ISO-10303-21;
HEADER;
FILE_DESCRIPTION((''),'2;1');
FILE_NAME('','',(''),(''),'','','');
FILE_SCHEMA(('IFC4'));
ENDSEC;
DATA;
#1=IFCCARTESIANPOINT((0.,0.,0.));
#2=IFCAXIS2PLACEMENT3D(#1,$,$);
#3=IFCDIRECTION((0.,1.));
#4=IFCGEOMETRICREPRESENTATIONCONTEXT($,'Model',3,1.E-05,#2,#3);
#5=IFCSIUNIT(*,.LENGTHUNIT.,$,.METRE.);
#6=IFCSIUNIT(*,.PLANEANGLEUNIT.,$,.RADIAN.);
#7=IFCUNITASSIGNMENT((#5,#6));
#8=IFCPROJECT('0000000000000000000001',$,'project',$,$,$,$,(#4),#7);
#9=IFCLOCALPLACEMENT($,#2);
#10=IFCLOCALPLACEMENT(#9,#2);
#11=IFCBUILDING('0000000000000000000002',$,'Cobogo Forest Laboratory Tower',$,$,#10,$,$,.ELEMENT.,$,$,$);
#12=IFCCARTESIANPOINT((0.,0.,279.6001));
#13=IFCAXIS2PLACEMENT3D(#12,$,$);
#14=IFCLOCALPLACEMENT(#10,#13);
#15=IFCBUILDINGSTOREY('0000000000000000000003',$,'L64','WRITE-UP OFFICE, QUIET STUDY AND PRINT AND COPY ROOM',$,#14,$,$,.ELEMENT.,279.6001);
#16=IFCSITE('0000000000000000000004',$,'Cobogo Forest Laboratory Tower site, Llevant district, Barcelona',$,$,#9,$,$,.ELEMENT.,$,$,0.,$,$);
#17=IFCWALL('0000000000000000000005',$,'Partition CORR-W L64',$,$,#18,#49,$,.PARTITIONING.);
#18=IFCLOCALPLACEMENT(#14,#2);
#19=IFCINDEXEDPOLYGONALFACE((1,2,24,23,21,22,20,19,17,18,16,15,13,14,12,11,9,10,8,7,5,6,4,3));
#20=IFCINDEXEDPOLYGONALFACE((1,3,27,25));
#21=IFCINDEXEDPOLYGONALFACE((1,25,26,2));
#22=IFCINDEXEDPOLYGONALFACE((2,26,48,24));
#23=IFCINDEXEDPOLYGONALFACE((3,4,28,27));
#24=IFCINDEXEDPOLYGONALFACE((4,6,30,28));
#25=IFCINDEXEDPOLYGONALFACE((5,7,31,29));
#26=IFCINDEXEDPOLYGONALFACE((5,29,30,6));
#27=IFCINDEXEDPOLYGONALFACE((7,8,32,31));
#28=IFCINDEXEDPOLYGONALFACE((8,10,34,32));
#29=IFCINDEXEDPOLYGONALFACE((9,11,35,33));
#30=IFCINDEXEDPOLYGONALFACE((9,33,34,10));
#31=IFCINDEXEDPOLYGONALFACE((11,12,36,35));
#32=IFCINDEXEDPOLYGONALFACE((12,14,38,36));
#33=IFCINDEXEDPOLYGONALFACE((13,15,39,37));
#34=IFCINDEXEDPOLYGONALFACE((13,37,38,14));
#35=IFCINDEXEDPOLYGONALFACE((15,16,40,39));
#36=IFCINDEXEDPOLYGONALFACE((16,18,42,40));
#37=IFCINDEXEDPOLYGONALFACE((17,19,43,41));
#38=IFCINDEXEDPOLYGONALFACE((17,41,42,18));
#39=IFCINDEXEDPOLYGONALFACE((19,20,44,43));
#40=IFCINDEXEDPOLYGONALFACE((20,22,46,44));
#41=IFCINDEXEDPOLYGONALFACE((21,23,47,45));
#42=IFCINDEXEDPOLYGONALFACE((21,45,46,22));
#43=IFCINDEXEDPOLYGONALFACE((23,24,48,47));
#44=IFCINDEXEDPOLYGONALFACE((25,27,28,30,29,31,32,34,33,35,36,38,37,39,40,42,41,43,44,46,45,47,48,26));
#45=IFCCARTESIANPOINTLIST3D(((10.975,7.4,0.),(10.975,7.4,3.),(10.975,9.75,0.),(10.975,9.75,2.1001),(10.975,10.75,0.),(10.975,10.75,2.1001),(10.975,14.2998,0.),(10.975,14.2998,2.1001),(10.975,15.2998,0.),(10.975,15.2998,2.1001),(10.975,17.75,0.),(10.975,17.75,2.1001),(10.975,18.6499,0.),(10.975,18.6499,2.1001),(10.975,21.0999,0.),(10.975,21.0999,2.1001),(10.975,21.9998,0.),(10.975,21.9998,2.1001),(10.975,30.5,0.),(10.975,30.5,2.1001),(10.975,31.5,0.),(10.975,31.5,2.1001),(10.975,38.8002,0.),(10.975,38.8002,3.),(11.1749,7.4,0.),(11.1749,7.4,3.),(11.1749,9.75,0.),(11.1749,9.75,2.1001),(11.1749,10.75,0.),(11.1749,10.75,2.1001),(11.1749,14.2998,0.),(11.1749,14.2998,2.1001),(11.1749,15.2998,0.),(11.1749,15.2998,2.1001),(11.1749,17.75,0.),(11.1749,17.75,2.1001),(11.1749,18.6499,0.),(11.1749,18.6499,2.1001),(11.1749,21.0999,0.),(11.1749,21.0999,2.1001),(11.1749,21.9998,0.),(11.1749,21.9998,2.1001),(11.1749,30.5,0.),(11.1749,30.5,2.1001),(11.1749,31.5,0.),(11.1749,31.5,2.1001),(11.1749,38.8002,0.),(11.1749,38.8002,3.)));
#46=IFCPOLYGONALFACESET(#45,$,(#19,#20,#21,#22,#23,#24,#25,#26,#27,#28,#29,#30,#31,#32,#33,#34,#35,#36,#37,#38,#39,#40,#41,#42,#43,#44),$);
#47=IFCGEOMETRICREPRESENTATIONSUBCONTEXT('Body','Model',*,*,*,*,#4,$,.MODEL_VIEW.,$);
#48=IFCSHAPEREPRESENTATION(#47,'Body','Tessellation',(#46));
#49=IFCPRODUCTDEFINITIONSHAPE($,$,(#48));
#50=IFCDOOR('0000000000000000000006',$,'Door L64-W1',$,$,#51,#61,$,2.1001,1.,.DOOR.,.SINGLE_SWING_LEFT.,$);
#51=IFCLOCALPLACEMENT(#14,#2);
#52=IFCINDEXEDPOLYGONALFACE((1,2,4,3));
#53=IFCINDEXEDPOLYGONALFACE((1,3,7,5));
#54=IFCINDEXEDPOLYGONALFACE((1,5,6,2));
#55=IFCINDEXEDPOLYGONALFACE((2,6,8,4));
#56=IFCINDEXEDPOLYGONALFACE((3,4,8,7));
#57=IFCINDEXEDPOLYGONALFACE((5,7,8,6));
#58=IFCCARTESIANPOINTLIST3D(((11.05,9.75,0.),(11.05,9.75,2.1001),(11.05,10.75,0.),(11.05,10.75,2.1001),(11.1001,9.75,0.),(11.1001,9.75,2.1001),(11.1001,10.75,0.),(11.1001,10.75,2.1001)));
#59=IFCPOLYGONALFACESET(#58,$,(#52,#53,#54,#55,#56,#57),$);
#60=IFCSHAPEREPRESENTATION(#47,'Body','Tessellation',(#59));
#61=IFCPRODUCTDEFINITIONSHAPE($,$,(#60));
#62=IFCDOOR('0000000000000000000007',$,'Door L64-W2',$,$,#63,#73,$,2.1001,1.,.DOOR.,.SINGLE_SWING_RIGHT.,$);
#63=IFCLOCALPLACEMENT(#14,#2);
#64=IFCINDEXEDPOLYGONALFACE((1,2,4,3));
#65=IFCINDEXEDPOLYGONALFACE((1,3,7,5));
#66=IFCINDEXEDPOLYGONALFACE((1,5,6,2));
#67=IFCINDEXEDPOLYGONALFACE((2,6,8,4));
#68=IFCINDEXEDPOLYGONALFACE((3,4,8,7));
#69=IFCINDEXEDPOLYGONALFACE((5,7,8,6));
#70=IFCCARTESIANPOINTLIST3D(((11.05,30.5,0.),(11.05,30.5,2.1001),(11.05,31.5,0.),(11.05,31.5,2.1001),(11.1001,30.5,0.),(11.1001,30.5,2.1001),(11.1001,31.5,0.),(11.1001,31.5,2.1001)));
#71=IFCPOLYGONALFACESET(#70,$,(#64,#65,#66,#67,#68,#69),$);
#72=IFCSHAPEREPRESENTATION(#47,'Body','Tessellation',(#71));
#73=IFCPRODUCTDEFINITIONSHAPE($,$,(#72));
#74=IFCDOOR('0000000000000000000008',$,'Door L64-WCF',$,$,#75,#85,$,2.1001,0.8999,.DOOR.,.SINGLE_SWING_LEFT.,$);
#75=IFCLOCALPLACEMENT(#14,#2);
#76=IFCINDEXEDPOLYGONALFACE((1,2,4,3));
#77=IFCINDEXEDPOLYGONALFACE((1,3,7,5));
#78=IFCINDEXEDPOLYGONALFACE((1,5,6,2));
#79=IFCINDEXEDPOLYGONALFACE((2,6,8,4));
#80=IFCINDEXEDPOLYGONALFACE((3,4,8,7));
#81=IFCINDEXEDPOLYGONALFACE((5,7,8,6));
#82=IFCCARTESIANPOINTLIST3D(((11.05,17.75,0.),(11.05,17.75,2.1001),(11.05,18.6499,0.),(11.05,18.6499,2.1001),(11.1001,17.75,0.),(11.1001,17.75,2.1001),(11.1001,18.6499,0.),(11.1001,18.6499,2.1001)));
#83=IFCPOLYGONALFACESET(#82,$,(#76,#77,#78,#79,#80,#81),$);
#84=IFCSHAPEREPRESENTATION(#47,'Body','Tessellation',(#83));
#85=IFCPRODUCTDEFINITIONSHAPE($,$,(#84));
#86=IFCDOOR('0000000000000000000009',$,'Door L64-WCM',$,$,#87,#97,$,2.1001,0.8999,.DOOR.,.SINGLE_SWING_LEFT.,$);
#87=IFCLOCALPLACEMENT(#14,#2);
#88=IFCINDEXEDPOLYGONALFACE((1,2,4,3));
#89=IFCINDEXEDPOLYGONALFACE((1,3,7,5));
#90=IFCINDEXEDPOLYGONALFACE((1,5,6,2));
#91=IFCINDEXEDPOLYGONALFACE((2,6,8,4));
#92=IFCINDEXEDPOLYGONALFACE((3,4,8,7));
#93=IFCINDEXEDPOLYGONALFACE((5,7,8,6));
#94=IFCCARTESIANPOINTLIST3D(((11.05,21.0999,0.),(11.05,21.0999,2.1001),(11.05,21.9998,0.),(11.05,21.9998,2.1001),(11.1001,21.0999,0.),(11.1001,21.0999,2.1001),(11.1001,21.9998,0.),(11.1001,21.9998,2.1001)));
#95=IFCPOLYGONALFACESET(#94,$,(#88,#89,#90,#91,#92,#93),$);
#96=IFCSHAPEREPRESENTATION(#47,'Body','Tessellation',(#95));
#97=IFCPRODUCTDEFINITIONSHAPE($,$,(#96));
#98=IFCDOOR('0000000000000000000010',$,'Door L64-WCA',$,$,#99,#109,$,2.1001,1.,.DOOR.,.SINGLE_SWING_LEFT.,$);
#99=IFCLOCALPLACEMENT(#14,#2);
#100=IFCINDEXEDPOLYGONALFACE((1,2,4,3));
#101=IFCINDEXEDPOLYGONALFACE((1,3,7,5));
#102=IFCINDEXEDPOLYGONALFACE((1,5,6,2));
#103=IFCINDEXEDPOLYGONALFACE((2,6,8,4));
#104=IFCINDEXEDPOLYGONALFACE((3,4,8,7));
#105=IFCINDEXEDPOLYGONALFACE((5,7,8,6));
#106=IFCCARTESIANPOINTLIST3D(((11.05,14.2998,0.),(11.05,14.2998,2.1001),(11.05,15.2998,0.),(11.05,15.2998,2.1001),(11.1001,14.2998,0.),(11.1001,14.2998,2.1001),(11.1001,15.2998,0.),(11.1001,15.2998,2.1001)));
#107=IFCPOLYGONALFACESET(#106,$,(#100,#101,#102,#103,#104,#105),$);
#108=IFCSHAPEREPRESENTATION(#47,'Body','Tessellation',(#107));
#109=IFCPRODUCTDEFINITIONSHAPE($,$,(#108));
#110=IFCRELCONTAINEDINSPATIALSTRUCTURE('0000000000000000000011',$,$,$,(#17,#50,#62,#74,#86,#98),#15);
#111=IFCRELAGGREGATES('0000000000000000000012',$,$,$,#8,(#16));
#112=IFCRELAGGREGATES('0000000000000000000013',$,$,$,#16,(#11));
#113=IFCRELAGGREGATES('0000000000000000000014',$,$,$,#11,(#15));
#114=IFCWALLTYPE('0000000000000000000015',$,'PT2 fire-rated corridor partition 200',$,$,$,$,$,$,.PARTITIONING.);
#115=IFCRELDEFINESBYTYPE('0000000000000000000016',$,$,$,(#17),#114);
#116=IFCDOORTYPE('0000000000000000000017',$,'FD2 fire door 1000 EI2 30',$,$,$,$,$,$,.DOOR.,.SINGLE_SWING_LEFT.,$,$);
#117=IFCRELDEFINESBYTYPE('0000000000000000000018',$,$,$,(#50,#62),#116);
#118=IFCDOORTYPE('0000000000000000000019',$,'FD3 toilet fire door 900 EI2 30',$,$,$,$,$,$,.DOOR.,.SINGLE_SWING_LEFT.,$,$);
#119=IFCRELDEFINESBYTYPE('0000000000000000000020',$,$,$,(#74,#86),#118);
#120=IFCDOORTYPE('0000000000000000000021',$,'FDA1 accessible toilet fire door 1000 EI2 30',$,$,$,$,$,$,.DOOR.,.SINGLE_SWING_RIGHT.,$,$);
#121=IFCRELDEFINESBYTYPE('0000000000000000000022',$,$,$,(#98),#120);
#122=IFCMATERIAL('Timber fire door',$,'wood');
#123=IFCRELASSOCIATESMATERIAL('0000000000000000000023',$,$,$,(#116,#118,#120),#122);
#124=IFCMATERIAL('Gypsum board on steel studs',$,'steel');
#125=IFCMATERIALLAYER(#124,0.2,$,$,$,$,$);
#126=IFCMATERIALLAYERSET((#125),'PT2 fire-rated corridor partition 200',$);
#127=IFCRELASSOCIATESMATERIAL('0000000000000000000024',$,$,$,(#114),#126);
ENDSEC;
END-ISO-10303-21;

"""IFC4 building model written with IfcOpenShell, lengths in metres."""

from ifc_helpers import new_model, si_unit, direction, frame, frame_2d, origin, place, context, subcontext, project, spatial, rectangle, extrude, material, layer, layer_set, type_object, element, fill, save


model = new_model("IFC4")

# Units and contexts
model_context = context("Model", 3, precision=1e-05, world=origin(), true_north=direction((0.0, 1.0)))
body_context = subcontext(model_context, "Body", "Model", "MODEL_VIEW")
ifc_project = project(units=[si_unit("LENGTHUNIT", "METRE"), si_unit("PLANEANGLEUNIT", "RADIAN")], contexts=[model_context])

# Site, building, storey
site_placement = place(None, origin())
site = spatial("IfcSite", under=ifc_project, at=site_placement, Name="Cobogo Forest Laboratory Tower site, Llevant district, Barcelona", CompositionType="ELEMENT", RefElevation=0.0)
building_placement = place(site_placement, origin())
building = spatial("IfcBuilding", under=site, at=building_placement, Name="Cobogo Forest Laboratory Tower", CompositionType="ELEMENT")
storey_placement = place(building_placement, frame((0.0, 0.0, 279.6001)))
storey = spatial("IfcBuildingStorey", under=building, at=storey_placement, Name="L64", Description="WRITE-UP OFFICE, QUIET STUDY AND PRINT AND COPY ROOM", CompositionType="ELEMENT", Elevation=279.6001)

# Shared definitions
ifc_material_1 = material(Name="Gypsum board on steel studs", Category="steel")
ifc_material_2 = material(Name="Timber fire door", Category="wood")
door_type_1 = type_object("IfcDoorType", Name="FD2 fire door 1000 EI2 30", OperationType="SINGLE_SWING_LEFT", PredefinedType="DOOR", material=ifc_material_2)

# Wall, openings, doors
ifc_layer_1 = layer(ifc_material_1, 0.2)
ifc_layer_set_1 = layer_set([ifc_layer_1], Name="PT2 fire-rated corridor partition 200")
wall_type_1 = type_object("IfcWallType", Name="PT2 fire-rated corridor partition 200", PredefinedType="PARTITIONING", material=ifc_layer_set_1)
wall_1_placement = place(storey_placement, frame((11.075, 7.3999, 0.0), z_axis=(0.0, 0.0, 1.0), x_axis=(0.0, 1.0, 0.0)))
wall_1 = element("IfcWall", 1, at=wall_1_placement, inside=storey, type_object=wall_type_1, Name="Partition CORR-W L64", PredefinedType="PARTITIONING", context=body_context, shape_type="SweptSolid", body=[
    extrude(rectangle(XDim=31.4001, YDim=0.2, at=frame_2d((15.7002, 0.0))), origin(), (0.0, 0.0, 1.0), 3.0),
])
opening_1_placement = place(wall_1_placement, frame((2.3501, 0.0, 0.0)))
opening_1 = element("IfcOpeningElement", 2, at=opening_1_placement, cuts=wall_1, PredefinedType="OPENING", context=body_context, shape_type="SweptSolid", body=[
    extrude(rectangle(XDim=1.0, YDim=2.1001, at=frame_2d((0.5, 1.05))), frame((0.0, 0.1099, 0.0), z_axis=(0.0, -1.0, 0.0), x_axis=(1.0, 0.0, 0.0)), (0.0, 0.0, 1.0), 0.22),
])
opening_2_placement = place(wall_1_placement, frame((6.8999, 0.0, 0.0)))
opening_2 = element("IfcOpeningElement", 3, at=opening_2_placement, cuts=wall_1, PredefinedType="OPENING", context=body_context, shape_type="SweptSolid", body=[
    extrude(rectangle(XDim=1.0, YDim=2.1001, at=frame_2d((0.5, 1.05))), frame((0.0, 0.1099, 0.0), z_axis=(0.0, -1.0, 0.0), x_axis=(1.0, 0.0, 0.0)), (0.0, 0.0, 1.0), 0.22),
])
opening_3_placement = place(wall_1_placement, frame((10.3501, 0.0, 0.0)))
opening_3 = element("IfcOpeningElement", 4, at=opening_3_placement, cuts=wall_1, PredefinedType="OPENING", context=body_context, shape_type="SweptSolid", body=[
    extrude(rectangle(XDim=0.8999, YDim=2.1001, at=frame_2d((0.45, 1.05))), frame((0.0, 0.1099, 0.0), z_axis=(0.0, -1.0, 0.0), x_axis=(1.0, 0.0, 0.0)), (0.0, 0.0, 1.0), 0.22),
])
opening_4_placement = place(wall_1_placement, frame((13.7, 0.0, 0.0)))
opening_4 = element("IfcOpeningElement", 5, at=opening_4_placement, cuts=wall_1, PredefinedType="OPENING", context=body_context, shape_type="SweptSolid", body=[
    extrude(rectangle(XDim=0.8999, YDim=2.1001, at=frame_2d((0.45, 1.05))), frame((0.0, 0.1099, 0.0), z_axis=(0.0, -1.0, 0.0), x_axis=(1.0, 0.0, 0.0)), (0.0, 0.0, 1.0), 0.22),
])
opening_5_placement = place(wall_1_placement, frame((23.1001, 0.0, 0.0)))
opening_5 = element("IfcOpeningElement", 6, at=opening_5_placement, cuts=wall_1, PredefinedType="OPENING", context=body_context, shape_type="SweptSolid", body=[
    extrude(rectangle(XDim=1.0, YDim=2.1001, at=frame_2d((0.5, 1.05))), frame((0.0, 0.1099, 0.0), z_axis=(0.0, -1.0, 0.0), x_axis=(1.0, 0.0, 0.0)), (0.0, 0.0, 1.0), 0.22),
])
door_1_placement = place(opening_1_placement, origin())
door_1 = element("IfcDoor", 7, at=door_1_placement, inside=storey, type_object=door_type_1, Name="Door L64-W1", OperationType="SINGLE_SWING_LEFT", OverallHeight=2.1001, OverallWidth=1.0, PredefinedType="DOOR", context=body_context, shape_type="SweptSolid", body=[
    extrude(rectangle(XDim=1.0, YDim=2.1001, at=frame_2d((0.5, 1.05))), frame((0.0, 0.0249, 0.0), z_axis=(0.0, -1.0, 0.0), x_axis=(1.0, 0.0, 0.0)), (0.0, 0.0, 1.0), 0.05),
])
fill(opening_1, door_1)
door_2_placement = place(opening_5_placement, origin())
door_2 = element("IfcDoor", 8, at=door_2_placement, inside=storey, type_object=door_type_1, Name="Door L64-W2", OperationType="SINGLE_SWING_RIGHT", OverallHeight=2.1001, OverallWidth=1.0, PredefinedType="DOOR", context=body_context, shape_type="SweptSolid", body=[
    extrude(rectangle(XDim=1.0, YDim=2.1001, at=frame_2d((0.5, 1.05))), frame((0.0, 0.0249, 0.0), z_axis=(0.0, -1.0, 0.0), x_axis=(1.0, 0.0, 0.0)), (0.0, 0.0, 1.0), 0.05),
])
fill(opening_5, door_2)
door_type_2 = type_object("IfcDoorType", Name="FD3 toilet fire door 900 EI2 30", OperationType="SINGLE_SWING_LEFT", PredefinedType="DOOR", material=ifc_material_2)
door_3_placement = place(opening_3_placement, origin())
door_3 = element("IfcDoor", 9, at=door_3_placement, inside=storey, type_object=door_type_2, Name="Door L64-WCF", OperationType="SINGLE_SWING_LEFT", OverallHeight=2.1001, OverallWidth=0.8999, PredefinedType="DOOR", context=body_context, shape_type="SweptSolid", body=[
    extrude(rectangle(XDim=0.8999, YDim=2.1001, at=frame_2d((0.45, 1.05))), frame((0.0, 0.0249, 0.0), z_axis=(0.0, -1.0, 0.0), x_axis=(1.0, 0.0, 0.0)), (0.0, 0.0, 1.0), 0.05),
])
fill(opening_3, door_3)
door_4_placement = place(opening_4_placement, origin())
door_4 = element("IfcDoor", 10, at=door_4_placement, inside=storey, type_object=door_type_2, Name="Door L64-WCM", OperationType="SINGLE_SWING_LEFT", OverallHeight=2.1001, OverallWidth=0.8999, PredefinedType="DOOR", context=body_context, shape_type="SweptSolid", body=[
    extrude(rectangle(XDim=0.8999, YDim=2.1001, at=frame_2d((0.45, 1.05))), frame((0.0, 0.0249, 0.0), z_axis=(0.0, -1.0, 0.0), x_axis=(1.0, 0.0, 0.0)), (0.0, 0.0, 1.0), 0.05),
])
fill(opening_4, door_4)
door_type_3 = type_object("IfcDoorType", Name="FDA1 accessible toilet fire door 1000 EI2 30", OperationType="SINGLE_SWING_RIGHT", PredefinedType="DOOR", material=ifc_material_2)
door_5_placement = place(opening_2_placement, origin())
door_5 = element("IfcDoor", 11, at=door_5_placement, inside=storey, type_object=door_type_3, Name="Door L64-WCA", OperationType="SINGLE_SWING_LEFT", OverallHeight=2.1001, OverallWidth=1.0, PredefinedType="DOOR", context=body_context, shape_type="SweptSolid", body=[
    extrude(rectangle(XDim=1.0, YDim=2.1001, at=frame_2d((0.5, 1.05))), frame((0.0, 0.0249, 0.0), z_axis=(0.0, -1.0, 0.0), x_axis=(1.0, 0.0, 0.0)), (0.0, 0.0, 1.0), 0.05),
])
fill(opening_2, door_5)

save(model, "model.ifc")
